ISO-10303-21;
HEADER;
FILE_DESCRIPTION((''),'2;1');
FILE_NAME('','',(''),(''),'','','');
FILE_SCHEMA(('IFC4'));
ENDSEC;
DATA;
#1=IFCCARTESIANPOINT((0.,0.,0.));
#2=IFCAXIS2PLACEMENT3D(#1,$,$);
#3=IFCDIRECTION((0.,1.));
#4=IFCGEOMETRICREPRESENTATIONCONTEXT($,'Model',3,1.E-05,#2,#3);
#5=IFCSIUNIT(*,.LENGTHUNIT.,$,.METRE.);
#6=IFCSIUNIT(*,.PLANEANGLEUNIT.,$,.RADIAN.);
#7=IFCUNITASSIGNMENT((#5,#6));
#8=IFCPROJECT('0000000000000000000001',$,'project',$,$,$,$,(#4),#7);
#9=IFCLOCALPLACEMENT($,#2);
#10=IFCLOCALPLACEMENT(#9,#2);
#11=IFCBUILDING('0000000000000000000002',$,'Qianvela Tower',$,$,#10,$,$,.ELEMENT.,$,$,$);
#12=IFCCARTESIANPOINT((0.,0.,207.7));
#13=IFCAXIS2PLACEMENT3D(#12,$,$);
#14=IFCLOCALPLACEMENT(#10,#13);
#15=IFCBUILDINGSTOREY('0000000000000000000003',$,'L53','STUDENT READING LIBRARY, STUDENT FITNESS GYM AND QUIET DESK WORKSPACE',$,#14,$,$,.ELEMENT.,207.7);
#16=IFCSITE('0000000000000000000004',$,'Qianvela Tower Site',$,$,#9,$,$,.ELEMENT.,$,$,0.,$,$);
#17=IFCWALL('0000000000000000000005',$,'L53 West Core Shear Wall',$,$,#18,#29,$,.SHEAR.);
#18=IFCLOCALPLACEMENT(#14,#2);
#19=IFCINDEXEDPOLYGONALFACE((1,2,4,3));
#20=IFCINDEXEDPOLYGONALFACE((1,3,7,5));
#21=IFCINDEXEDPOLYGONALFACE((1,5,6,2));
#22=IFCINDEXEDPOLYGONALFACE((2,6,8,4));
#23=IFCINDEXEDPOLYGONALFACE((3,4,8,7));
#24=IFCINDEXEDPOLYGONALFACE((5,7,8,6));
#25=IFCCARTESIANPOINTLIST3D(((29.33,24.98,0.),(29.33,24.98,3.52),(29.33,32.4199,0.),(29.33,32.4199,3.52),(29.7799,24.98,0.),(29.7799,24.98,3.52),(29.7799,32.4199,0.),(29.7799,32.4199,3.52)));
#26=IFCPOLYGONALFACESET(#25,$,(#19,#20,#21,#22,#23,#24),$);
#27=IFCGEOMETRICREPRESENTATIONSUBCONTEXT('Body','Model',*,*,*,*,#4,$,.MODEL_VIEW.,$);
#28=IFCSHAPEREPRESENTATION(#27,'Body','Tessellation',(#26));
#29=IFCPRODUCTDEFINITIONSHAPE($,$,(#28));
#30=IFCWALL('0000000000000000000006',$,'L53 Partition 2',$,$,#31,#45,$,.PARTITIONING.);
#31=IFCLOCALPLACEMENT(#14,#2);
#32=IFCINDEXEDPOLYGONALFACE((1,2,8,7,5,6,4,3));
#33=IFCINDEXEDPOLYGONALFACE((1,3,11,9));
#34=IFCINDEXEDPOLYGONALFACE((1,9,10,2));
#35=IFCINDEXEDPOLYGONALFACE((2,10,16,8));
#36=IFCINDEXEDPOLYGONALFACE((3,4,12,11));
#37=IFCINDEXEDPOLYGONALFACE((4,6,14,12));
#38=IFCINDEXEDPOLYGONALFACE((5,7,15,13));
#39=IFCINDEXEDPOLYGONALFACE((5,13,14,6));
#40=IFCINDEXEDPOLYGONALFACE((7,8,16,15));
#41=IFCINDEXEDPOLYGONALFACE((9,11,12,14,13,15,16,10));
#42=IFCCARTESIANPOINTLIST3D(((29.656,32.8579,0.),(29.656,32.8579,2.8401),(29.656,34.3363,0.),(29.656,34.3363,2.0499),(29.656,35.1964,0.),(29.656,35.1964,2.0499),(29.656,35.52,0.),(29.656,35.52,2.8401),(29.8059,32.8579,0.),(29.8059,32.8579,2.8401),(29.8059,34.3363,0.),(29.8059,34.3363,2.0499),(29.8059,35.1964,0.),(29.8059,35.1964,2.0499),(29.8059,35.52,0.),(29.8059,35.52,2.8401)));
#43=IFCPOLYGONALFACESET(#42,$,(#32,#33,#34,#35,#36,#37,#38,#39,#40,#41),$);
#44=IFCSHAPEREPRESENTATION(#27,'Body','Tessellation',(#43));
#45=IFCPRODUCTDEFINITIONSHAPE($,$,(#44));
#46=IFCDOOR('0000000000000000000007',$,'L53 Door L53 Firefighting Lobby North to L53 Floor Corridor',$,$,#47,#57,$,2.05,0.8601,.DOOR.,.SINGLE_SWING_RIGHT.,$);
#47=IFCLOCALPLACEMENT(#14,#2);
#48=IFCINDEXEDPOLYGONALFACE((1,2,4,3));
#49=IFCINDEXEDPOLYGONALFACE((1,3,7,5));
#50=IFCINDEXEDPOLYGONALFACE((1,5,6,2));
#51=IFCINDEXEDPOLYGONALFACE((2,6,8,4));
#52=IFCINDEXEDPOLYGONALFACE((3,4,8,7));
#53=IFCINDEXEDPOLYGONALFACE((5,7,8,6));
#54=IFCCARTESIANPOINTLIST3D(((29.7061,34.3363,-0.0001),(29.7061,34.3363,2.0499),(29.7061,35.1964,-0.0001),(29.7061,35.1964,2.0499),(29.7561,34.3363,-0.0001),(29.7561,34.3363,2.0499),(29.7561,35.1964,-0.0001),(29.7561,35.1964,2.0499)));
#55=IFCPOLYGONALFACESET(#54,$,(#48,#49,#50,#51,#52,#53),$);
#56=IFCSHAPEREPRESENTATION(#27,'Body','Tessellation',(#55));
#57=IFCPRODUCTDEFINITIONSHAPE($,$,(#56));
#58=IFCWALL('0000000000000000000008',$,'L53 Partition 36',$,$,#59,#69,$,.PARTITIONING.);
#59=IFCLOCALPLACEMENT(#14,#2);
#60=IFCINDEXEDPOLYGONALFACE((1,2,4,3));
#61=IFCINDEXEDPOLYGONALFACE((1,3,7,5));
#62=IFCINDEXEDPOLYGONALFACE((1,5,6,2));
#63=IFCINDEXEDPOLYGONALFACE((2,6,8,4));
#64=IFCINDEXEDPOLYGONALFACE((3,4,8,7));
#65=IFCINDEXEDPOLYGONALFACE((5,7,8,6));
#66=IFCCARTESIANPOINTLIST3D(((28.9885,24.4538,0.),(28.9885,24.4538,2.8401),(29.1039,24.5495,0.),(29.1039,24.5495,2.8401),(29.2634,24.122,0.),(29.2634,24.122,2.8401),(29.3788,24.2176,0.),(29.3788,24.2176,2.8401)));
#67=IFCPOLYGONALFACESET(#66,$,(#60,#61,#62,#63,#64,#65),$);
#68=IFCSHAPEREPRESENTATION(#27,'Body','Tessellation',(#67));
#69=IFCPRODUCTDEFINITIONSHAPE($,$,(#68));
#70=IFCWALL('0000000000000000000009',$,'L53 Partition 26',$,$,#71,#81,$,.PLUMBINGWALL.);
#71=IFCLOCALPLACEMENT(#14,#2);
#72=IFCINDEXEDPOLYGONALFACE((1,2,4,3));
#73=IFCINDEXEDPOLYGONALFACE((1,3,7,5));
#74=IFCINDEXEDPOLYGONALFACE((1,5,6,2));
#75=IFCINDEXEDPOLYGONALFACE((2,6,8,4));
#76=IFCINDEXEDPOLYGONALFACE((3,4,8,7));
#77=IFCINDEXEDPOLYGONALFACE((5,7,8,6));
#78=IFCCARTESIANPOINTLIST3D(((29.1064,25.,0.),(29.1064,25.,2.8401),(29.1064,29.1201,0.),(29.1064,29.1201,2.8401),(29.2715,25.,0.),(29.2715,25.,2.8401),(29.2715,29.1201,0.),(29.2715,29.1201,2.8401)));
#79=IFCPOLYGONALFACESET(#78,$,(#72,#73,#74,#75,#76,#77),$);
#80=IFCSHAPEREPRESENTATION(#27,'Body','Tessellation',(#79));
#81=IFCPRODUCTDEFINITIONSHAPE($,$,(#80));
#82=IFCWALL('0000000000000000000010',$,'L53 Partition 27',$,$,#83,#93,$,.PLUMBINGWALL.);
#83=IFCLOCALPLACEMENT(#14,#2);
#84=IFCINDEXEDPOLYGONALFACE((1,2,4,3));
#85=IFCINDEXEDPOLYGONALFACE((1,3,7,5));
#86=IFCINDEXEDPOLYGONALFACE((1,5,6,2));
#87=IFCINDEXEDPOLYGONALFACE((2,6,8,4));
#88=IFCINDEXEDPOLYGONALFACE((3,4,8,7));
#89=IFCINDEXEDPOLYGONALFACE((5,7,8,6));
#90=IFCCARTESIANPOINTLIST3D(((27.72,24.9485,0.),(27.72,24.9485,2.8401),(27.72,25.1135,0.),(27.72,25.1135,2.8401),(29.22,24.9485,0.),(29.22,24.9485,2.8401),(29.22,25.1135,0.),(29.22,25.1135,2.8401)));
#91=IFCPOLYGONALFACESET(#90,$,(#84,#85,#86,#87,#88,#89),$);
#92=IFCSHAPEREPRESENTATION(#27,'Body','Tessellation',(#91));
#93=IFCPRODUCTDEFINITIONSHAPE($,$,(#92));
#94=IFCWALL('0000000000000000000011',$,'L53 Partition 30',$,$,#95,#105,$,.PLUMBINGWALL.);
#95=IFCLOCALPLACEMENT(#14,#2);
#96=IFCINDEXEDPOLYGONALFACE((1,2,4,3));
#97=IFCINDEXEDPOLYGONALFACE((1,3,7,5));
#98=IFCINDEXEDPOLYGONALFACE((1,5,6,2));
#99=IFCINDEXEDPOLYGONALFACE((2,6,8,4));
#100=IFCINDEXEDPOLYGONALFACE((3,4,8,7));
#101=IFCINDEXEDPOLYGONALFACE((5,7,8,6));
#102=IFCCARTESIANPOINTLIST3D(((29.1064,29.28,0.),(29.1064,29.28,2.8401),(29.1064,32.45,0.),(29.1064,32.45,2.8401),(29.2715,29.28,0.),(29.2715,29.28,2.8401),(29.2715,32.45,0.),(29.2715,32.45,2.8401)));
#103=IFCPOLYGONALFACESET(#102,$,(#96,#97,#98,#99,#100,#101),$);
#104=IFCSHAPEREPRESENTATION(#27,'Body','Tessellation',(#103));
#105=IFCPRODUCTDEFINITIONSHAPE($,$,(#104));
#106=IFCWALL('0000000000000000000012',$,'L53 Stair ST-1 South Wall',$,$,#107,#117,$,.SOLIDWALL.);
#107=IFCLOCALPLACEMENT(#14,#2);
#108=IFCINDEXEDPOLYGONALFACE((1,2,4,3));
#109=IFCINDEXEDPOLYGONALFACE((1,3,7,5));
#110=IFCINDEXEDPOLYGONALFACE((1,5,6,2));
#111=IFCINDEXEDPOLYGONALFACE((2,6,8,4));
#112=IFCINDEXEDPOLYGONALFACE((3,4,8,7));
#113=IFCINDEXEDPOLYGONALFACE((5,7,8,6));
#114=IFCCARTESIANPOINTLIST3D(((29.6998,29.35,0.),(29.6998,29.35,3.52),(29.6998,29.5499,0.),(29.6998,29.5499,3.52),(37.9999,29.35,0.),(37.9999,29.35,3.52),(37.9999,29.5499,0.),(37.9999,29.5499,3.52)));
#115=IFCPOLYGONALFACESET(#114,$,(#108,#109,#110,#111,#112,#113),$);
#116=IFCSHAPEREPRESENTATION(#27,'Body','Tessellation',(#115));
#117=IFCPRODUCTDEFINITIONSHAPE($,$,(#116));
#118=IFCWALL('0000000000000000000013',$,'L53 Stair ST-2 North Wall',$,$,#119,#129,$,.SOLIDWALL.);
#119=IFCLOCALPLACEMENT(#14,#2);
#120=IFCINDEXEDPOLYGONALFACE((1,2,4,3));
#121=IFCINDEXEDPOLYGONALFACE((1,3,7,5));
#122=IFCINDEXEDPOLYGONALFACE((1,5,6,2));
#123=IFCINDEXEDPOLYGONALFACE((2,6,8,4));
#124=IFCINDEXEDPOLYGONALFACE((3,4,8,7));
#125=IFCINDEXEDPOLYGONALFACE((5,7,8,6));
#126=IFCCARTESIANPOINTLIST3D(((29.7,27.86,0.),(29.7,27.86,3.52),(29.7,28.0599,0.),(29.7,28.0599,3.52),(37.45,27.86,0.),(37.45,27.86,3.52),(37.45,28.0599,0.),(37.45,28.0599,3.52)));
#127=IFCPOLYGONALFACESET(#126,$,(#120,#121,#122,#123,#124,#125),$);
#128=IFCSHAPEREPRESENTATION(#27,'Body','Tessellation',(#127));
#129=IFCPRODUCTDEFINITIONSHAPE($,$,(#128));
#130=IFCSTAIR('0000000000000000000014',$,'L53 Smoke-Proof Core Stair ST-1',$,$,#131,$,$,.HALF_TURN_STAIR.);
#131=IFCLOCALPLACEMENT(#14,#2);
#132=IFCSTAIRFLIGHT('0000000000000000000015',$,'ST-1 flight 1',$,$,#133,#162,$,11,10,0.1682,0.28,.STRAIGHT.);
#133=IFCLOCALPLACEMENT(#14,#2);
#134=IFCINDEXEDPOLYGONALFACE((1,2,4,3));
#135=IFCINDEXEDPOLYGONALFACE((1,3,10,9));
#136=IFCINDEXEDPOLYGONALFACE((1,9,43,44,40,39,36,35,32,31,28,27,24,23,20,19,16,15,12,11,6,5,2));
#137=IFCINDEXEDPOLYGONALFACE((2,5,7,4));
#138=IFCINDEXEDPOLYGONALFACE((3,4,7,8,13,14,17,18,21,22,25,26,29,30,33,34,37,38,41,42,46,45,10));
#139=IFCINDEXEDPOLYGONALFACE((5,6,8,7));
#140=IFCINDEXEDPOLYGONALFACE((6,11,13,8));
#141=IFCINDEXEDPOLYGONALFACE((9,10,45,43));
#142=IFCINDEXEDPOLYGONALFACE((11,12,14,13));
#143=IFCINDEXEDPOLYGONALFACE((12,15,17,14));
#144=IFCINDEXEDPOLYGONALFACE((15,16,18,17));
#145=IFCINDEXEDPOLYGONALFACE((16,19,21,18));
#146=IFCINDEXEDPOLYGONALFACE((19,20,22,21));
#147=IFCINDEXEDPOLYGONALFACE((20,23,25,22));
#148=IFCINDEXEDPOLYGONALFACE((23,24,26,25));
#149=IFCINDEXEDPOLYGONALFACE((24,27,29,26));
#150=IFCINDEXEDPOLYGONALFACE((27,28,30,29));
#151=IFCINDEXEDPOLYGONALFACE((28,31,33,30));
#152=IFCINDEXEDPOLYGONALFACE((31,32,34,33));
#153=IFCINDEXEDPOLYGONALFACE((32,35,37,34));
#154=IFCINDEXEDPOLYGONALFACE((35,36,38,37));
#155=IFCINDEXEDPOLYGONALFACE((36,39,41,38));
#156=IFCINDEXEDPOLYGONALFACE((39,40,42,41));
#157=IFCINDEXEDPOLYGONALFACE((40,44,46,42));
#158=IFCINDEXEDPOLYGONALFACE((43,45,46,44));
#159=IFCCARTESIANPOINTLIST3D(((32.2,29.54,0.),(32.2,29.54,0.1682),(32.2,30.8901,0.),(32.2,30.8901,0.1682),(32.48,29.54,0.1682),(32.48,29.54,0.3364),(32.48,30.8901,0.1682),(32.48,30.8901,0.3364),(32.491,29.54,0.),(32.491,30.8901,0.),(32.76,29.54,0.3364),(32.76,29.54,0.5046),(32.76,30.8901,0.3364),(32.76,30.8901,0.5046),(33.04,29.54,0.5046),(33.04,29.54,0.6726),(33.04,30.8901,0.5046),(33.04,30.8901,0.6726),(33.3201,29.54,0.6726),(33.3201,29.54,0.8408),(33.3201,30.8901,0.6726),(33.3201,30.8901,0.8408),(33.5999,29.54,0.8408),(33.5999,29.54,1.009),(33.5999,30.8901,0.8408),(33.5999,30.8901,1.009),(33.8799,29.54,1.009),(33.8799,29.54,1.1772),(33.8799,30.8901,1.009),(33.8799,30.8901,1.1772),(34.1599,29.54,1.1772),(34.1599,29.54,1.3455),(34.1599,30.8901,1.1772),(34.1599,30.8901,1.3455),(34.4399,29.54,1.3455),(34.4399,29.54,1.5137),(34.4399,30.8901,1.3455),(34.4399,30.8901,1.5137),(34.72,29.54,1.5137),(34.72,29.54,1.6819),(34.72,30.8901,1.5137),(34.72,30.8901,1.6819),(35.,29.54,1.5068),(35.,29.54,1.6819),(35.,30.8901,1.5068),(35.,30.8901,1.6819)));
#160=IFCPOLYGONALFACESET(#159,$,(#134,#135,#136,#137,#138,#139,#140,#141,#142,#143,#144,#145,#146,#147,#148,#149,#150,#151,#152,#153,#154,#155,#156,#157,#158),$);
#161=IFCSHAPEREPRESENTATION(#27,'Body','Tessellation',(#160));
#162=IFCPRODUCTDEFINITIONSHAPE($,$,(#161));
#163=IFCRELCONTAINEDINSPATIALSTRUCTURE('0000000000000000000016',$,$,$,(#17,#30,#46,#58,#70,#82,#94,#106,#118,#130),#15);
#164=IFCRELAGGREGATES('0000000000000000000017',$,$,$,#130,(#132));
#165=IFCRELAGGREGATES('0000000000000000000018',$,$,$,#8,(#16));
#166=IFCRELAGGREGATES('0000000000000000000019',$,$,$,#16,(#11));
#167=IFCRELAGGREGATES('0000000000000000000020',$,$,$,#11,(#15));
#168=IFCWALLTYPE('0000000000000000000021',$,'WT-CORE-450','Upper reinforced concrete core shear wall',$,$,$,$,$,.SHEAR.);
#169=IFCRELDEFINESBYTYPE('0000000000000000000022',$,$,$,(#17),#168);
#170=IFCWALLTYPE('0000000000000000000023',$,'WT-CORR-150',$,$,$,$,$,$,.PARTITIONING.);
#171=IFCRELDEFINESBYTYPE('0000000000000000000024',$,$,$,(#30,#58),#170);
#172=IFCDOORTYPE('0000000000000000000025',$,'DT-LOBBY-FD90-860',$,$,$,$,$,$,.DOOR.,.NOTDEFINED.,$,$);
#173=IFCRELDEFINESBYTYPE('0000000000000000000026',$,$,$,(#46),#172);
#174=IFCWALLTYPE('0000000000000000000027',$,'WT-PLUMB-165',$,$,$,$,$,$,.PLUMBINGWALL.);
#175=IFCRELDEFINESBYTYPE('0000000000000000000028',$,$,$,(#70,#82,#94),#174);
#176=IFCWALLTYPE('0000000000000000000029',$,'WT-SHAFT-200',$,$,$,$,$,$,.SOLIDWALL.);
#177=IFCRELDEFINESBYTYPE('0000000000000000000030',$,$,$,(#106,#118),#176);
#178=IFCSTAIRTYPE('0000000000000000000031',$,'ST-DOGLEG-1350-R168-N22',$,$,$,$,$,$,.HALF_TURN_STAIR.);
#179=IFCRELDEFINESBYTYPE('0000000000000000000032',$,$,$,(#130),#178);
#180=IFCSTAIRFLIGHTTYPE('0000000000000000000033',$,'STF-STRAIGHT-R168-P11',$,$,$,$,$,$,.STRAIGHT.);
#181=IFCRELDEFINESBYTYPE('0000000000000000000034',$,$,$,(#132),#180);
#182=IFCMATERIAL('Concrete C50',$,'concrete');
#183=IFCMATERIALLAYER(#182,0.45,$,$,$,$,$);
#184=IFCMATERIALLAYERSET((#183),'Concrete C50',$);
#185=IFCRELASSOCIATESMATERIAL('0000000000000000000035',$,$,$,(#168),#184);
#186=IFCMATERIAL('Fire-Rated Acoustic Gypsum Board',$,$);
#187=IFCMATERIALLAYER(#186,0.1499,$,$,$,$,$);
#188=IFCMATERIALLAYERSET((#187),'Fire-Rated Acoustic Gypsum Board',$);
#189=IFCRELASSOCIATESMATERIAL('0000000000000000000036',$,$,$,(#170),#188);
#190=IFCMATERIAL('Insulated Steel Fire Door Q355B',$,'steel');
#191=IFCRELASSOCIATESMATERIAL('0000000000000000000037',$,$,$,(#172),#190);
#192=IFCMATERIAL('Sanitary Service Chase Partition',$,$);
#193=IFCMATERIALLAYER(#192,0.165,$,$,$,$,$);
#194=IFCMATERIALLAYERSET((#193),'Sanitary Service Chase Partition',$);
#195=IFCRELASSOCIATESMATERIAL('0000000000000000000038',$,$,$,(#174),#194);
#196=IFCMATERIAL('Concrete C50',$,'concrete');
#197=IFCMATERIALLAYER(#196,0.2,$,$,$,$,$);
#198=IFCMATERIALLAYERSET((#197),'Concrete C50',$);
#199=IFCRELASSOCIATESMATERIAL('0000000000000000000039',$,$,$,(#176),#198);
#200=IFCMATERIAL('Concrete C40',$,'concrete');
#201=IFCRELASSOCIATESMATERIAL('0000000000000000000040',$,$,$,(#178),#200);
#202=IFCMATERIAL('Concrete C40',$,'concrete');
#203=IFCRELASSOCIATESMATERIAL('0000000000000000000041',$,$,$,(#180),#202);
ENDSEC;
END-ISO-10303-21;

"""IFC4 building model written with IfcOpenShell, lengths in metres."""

from ifc_helpers import new_model, si_unit, direction, frame, frame_2d, origin, place, context, subcontext, project, spatial, polyline, rectangle, outline, extrude, material, layer, layer_set, type_object, element, fill, aggregate, save


model = new_model("IFC4")

# Units and contexts
model_context = context("Model", 3, precision=1e-05, world=origin(), true_north=direction((0.0, 1.0)))
body_context = subcontext(model_context, "Body", "Model", "MODEL_VIEW")
ifc_project = project(units=[si_unit("LENGTHUNIT", "METRE"), si_unit("PLANEANGLEUNIT", "RADIAN")], contexts=[model_context])

# Site, building, storey
site_placement = place(None, origin())
site = spatial("IfcSite", under=ifc_project, at=site_placement, Name="Qianvela Tower Site", CompositionType="ELEMENT", RefElevation=0.0)
building_placement = place(site_placement, origin())
building = spatial("IfcBuilding", under=site, at=building_placement, Name="Qianvela Tower", CompositionType="ELEMENT")
storey_placement = place(building_placement, frame((0.0, 0.0, 207.7)))
storey = spatial("IfcBuildingStorey", under=building, at=storey_placement, Name="L53", Description="STUDENT READING LIBRARY, STUDENT FITNESS GYM AND QUIET DESK WORKSPACE", CompositionType="ELEMENT", Elevation=207.7)

# Shared definitions
ifc_material_1 = material(Name="Concrete C50", Category="concrete")
ifc_layer_1 = layer(ifc_material_1, 0.45)
ifc_layer_set_1 = layer_set([ifc_layer_1], Name="Concrete C50")
wall_type_1 = type_object("IfcWallType", Name="WT-CORE-450", Description="Upper reinforced concrete core shear wall", PredefinedType="SHEAR", material=ifc_layer_set_1)

# Wall
wall_1_placement = place(storey_placement, frame((29.5549, 24.98, 0.0), z_axis=(0.0, 0.0, 1.0), x_axis=(0.0, 1.0, 0.0)))
element("IfcWall", 1, at=wall_1_placement, inside=storey, type_object=wall_type_1, Name="L53 West Core Shear Wall", PredefinedType="SHEAR", context=body_context, shape_type="SweptSolid", body=[
    extrude(rectangle(XDim=7.4399, YDim=0.45, at=frame_2d((3.72, 0.0))), origin(), (0.0, 0.0, 1.0), 3.52),
])

# Wall, opening, door
ifc_material_2 = material(Name="Fire-Rated Acoustic Gypsum Board")
ifc_layer_2 = layer(ifc_material_2, 0.1499)
ifc_layer_set_2 = layer_set([ifc_layer_2], Name="Fire-Rated Acoustic Gypsum Board")
wall_type_2 = type_object("IfcWallType", Name="WT-CORR-150", PredefinedType="PARTITIONING", material=ifc_layer_set_2)
wall_2_placement = place(storey_placement, frame((29.731, 32.8579, 0.0), z_axis=(0.0, 0.0, 1.0), x_axis=(0.0, 1.0, 0.0)))
wall_2 = element("IfcWall", 2, at=wall_2_placement, inside=storey, type_object=wall_type_2, Name="L53 Partition 2", PredefinedType="PARTITIONING", context=body_context, shape_type="SweptSolid", body=[
    extrude(rectangle(XDim=2.6621, YDim=0.1499, at=frame_2d((1.3311, 0.0))), origin(), (0.0, 0.0, 1.0), 2.8401),
])
opening_1_placement = place(wall_2_placement, frame((1.4783, 0.0, 0.0)))
opening_1 = element("IfcOpeningElement", 3, at=opening_1_placement, cuts=wall_2, PredefinedType="OPENING", context=body_context, shape_type="SweptSolid", body=[
    extrude(rectangle(XDim=0.8601, YDim=2.05, at=frame_2d((0.4302, 1.0249))), frame((0.0, 0.085, 0.0), z_axis=(0.0, -1.0, 0.0), x_axis=(1.0, 0.0, 0.0)), (0.0, 0.0, 1.0), 0.1699),
])
ifc_material_3 = material(Name="Insulated Steel Fire Door Q355B", Category="steel")
door_type_1 = type_object("IfcDoorType", Name="DT-LOBBY-FD90-860", OperationType="NOTDEFINED", PredefinedType="DOOR", material=ifc_material_3)
door_1_placement = place(opening_1_placement, origin())
door_1 = element("IfcDoor", 4, at=door_1_placement, inside=storey, type_object=door_type_1, Name="L53 Door L53 Firefighting Lobby North to L53 Floor Corridor", OperationType="SINGLE_SWING_RIGHT", OverallHeight=2.05, OverallWidth=0.8601, PredefinedType="DOOR", context=body_context, shape_type="SweptSolid", body=[
    extrude(rectangle(XDim=0.8601, YDim=2.05, at=frame_2d((0.4302, 1.0249))), frame((0.0, 0.0249, 0.0), z_axis=(0.0, -1.0, 0.0), x_axis=(1.0, 0.0, 0.0)), (0.0, 0.0, 1.0), 0.05),
])
fill(opening_1, door_1)

# Walls
wall_3_placement = place(storey_placement, frame((29.321, 24.1699, 0.0), z_axis=(0.0, 0.0, 1.0), x_axis=(-0.638008, 0.77003, 0.0)))
element("IfcWall", 5, at=wall_3_placement, inside=storey, type_object=wall_type_2, Name="L53 Partition 36", PredefinedType="PARTITIONING", context=body_context, shape_type="SweptSolid", body=[
    extrude(rectangle(XDim=0.4309, YDim=0.1499, at=frame_2d((0.2153, 0.0))), origin(), (0.0, 0.0, 1.0), 2.8401),
])
ifc_material_4 = material(Name="Sanitary Service Chase Partition")
ifc_layer_3 = layer(ifc_material_4, 0.165)
ifc_layer_set_3 = layer_set([ifc_layer_3], Name="Sanitary Service Chase Partition")
wall_type_3 = type_object("IfcWallType", Name="WT-PLUMB-165", PredefinedType="PLUMBINGWALL", material=ifc_layer_set_3)
wall_4_placement = place(storey_placement, frame((29.189, 29.1201, 0.0), z_axis=(0.0, 0.0, 1.0), x_axis=(0.0, -1.0, 0.0)))
element("IfcWall", 6, at=wall_4_placement, inside=storey, type_object=wall_type_3, Name="L53 Partition 26", PredefinedType="PLUMBINGWALL", context=body_context, shape_type="SweptSolid", body=[
    extrude(rectangle(XDim=4.1201, YDim=0.165, at=frame_2d((2.0601, 0.0))), origin(), (0.0, 0.0, 1.0), 2.8401),
])
wall_5_placement = place(storey_placement, frame((29.22, 25.031, 0.0), z_axis=(0.0, 0.0, 1.0), x_axis=(-1.0, 0.0, 0.0)))
element("IfcWall", 7, at=wall_5_placement, inside=storey, type_object=wall_type_3, Name="L53 Partition 27", PredefinedType="PLUMBINGWALL", context=body_context, shape_type="SweptSolid", body=[
    extrude(rectangle(XDim=1.5, YDim=0.165, at=frame_2d((0.75, 0.0))), origin(), (0.0, 0.0, 1.0), 2.8401),
])
wall_6_placement = place(storey_placement, frame((29.189, 32.45, 0.0), z_axis=(0.0, 0.0, 1.0), x_axis=(0.0, -1.0, 0.0)))
element("IfcWall", 8, at=wall_6_placement, inside=storey, type_object=wall_type_3, Name="L53 Partition 30", PredefinedType="PLUMBINGWALL", context=body_context, shape_type="SweptSolid", body=[
    extrude(rectangle(XDim=3.1699, YDim=0.165, at=frame_2d((1.585, 0.0))), origin(), (0.0, 0.0, 1.0), 2.8401),
])
ifc_material_5 = material(Name="Concrete C50", Category="concrete")
ifc_layer_4 = layer(ifc_material_5, 0.2)
ifc_layer_set_4 = layer_set([ifc_layer_4], Name="Concrete C50")
wall_type_4 = type_object("IfcWallType", Name="WT-SHAFT-200", PredefinedType="SOLIDWALL", material=ifc_layer_set_4)
wall_7_placement = place(storey_placement, frame((29.7, 29.45, 0.0), z_axis=(0.0, 0.0, 1.0), x_axis=(1.0, 0.0, 0.0)))
element("IfcWall", 9, at=wall_7_placement, inside=storey, type_object=wall_type_4, Name="L53 Stair ST-1 South Wall", PredefinedType="SOLIDWALL", context=body_context, shape_type="SweptSolid", body=[
    extrude(rectangle(XDim=8.3, YDim=0.2, at=frame_2d((4.1499, 0.0))), origin(), (0.0, 0.0, 1.0), 3.52),
])
wall_8_placement = place(storey_placement, frame((29.7, 27.96, 0.0), z_axis=(0.0, 0.0, 1.0), x_axis=(1.0, 0.0, 0.0)))
element("IfcWall", 10, at=wall_8_placement, inside=storey, type_object=wall_type_4, Name="L53 Stair ST-2 North Wall", PredefinedType="SOLIDWALL", context=body_context, shape_type="SweptSolid", body=[
    extrude(rectangle(XDim=7.75, YDim=0.2, at=frame_2d((3.875, 0.0))), origin(), (0.0, 0.0, 1.0), 3.52),
])

# Stair, stair flight
ifc_material_6 = material(Name="Concrete C40", Category="concrete")
stair_type = type_object("IfcStairType", Name="ST-DOGLEG-1350-R168-N22", PredefinedType="HALF_TURN_STAIR", material=ifc_material_6)
stair_1_placement = place(storey_placement, origin())
stair_1 = element("IfcStair", 11, at=stair_1_placement, inside=storey, type_object=stair_type, Name="L53 Smoke-Proof Core Stair ST-1", PredefinedType="HALF_TURN_STAIR")
ifc_material_7 = material(Name="Concrete C40", Category="concrete")
stair_flight_type = type_object("IfcStairFlightType", Name="STF-STRAIGHT-R168-P11", PredefinedType="STRAIGHT", material=ifc_material_7)
stair_flight_1_placement = place(storey_placement, frame((32.2, 30.2151, 0.0), z_axis=(0.0, 0.0, 1.0), x_axis=(1.0, 0.0, 0.0)))
stair_flight_1 = element("IfcStairFlight", 12, at=stair_flight_1_placement, type_object=stair_flight_type, Name="ST-1 flight 1", NumberOfRisers=11, NumberOfTreads=10, PredefinedType="STRAIGHT", RiserHeight=0.1682, TreadLength=0.28, context=body_context, shape_type="SweptSolid", body=[
    extrude(outline(polyline([(0.0, 0.0), (0.0, 0.1682), (0.28, 0.1682), (0.28, 0.3364), (0.5601, 0.3364), (0.5601, 0.5046), (0.8401, 0.5046), (0.8401, 0.6726), (1.1201, 0.6726), (1.1201, 0.8408), (1.3999, 0.8408), (1.3999, 1.009), (1.6799, 1.009), (1.6799, 1.1772), (1.96, 1.1772), (1.96, 1.3455), (2.24, 1.3455), (2.24, 1.5137), (2.52, 1.5137), (2.52, 1.6819), (2.8, 1.6819), (2.8, 1.8501), (2.8, 1.5068), (0.291, 0.0), (0.0, 0.0)])), frame((0.0, 0.675, 0.0), z_axis=(0.0, -1.0, 0.0), x_axis=(1.0, 0.0, 0.0)), (0.0, 0.0, 1.0), 1.3501),
])
aggregate(stair_1, [stair_flight_1])

save(model, "model.ifc")
